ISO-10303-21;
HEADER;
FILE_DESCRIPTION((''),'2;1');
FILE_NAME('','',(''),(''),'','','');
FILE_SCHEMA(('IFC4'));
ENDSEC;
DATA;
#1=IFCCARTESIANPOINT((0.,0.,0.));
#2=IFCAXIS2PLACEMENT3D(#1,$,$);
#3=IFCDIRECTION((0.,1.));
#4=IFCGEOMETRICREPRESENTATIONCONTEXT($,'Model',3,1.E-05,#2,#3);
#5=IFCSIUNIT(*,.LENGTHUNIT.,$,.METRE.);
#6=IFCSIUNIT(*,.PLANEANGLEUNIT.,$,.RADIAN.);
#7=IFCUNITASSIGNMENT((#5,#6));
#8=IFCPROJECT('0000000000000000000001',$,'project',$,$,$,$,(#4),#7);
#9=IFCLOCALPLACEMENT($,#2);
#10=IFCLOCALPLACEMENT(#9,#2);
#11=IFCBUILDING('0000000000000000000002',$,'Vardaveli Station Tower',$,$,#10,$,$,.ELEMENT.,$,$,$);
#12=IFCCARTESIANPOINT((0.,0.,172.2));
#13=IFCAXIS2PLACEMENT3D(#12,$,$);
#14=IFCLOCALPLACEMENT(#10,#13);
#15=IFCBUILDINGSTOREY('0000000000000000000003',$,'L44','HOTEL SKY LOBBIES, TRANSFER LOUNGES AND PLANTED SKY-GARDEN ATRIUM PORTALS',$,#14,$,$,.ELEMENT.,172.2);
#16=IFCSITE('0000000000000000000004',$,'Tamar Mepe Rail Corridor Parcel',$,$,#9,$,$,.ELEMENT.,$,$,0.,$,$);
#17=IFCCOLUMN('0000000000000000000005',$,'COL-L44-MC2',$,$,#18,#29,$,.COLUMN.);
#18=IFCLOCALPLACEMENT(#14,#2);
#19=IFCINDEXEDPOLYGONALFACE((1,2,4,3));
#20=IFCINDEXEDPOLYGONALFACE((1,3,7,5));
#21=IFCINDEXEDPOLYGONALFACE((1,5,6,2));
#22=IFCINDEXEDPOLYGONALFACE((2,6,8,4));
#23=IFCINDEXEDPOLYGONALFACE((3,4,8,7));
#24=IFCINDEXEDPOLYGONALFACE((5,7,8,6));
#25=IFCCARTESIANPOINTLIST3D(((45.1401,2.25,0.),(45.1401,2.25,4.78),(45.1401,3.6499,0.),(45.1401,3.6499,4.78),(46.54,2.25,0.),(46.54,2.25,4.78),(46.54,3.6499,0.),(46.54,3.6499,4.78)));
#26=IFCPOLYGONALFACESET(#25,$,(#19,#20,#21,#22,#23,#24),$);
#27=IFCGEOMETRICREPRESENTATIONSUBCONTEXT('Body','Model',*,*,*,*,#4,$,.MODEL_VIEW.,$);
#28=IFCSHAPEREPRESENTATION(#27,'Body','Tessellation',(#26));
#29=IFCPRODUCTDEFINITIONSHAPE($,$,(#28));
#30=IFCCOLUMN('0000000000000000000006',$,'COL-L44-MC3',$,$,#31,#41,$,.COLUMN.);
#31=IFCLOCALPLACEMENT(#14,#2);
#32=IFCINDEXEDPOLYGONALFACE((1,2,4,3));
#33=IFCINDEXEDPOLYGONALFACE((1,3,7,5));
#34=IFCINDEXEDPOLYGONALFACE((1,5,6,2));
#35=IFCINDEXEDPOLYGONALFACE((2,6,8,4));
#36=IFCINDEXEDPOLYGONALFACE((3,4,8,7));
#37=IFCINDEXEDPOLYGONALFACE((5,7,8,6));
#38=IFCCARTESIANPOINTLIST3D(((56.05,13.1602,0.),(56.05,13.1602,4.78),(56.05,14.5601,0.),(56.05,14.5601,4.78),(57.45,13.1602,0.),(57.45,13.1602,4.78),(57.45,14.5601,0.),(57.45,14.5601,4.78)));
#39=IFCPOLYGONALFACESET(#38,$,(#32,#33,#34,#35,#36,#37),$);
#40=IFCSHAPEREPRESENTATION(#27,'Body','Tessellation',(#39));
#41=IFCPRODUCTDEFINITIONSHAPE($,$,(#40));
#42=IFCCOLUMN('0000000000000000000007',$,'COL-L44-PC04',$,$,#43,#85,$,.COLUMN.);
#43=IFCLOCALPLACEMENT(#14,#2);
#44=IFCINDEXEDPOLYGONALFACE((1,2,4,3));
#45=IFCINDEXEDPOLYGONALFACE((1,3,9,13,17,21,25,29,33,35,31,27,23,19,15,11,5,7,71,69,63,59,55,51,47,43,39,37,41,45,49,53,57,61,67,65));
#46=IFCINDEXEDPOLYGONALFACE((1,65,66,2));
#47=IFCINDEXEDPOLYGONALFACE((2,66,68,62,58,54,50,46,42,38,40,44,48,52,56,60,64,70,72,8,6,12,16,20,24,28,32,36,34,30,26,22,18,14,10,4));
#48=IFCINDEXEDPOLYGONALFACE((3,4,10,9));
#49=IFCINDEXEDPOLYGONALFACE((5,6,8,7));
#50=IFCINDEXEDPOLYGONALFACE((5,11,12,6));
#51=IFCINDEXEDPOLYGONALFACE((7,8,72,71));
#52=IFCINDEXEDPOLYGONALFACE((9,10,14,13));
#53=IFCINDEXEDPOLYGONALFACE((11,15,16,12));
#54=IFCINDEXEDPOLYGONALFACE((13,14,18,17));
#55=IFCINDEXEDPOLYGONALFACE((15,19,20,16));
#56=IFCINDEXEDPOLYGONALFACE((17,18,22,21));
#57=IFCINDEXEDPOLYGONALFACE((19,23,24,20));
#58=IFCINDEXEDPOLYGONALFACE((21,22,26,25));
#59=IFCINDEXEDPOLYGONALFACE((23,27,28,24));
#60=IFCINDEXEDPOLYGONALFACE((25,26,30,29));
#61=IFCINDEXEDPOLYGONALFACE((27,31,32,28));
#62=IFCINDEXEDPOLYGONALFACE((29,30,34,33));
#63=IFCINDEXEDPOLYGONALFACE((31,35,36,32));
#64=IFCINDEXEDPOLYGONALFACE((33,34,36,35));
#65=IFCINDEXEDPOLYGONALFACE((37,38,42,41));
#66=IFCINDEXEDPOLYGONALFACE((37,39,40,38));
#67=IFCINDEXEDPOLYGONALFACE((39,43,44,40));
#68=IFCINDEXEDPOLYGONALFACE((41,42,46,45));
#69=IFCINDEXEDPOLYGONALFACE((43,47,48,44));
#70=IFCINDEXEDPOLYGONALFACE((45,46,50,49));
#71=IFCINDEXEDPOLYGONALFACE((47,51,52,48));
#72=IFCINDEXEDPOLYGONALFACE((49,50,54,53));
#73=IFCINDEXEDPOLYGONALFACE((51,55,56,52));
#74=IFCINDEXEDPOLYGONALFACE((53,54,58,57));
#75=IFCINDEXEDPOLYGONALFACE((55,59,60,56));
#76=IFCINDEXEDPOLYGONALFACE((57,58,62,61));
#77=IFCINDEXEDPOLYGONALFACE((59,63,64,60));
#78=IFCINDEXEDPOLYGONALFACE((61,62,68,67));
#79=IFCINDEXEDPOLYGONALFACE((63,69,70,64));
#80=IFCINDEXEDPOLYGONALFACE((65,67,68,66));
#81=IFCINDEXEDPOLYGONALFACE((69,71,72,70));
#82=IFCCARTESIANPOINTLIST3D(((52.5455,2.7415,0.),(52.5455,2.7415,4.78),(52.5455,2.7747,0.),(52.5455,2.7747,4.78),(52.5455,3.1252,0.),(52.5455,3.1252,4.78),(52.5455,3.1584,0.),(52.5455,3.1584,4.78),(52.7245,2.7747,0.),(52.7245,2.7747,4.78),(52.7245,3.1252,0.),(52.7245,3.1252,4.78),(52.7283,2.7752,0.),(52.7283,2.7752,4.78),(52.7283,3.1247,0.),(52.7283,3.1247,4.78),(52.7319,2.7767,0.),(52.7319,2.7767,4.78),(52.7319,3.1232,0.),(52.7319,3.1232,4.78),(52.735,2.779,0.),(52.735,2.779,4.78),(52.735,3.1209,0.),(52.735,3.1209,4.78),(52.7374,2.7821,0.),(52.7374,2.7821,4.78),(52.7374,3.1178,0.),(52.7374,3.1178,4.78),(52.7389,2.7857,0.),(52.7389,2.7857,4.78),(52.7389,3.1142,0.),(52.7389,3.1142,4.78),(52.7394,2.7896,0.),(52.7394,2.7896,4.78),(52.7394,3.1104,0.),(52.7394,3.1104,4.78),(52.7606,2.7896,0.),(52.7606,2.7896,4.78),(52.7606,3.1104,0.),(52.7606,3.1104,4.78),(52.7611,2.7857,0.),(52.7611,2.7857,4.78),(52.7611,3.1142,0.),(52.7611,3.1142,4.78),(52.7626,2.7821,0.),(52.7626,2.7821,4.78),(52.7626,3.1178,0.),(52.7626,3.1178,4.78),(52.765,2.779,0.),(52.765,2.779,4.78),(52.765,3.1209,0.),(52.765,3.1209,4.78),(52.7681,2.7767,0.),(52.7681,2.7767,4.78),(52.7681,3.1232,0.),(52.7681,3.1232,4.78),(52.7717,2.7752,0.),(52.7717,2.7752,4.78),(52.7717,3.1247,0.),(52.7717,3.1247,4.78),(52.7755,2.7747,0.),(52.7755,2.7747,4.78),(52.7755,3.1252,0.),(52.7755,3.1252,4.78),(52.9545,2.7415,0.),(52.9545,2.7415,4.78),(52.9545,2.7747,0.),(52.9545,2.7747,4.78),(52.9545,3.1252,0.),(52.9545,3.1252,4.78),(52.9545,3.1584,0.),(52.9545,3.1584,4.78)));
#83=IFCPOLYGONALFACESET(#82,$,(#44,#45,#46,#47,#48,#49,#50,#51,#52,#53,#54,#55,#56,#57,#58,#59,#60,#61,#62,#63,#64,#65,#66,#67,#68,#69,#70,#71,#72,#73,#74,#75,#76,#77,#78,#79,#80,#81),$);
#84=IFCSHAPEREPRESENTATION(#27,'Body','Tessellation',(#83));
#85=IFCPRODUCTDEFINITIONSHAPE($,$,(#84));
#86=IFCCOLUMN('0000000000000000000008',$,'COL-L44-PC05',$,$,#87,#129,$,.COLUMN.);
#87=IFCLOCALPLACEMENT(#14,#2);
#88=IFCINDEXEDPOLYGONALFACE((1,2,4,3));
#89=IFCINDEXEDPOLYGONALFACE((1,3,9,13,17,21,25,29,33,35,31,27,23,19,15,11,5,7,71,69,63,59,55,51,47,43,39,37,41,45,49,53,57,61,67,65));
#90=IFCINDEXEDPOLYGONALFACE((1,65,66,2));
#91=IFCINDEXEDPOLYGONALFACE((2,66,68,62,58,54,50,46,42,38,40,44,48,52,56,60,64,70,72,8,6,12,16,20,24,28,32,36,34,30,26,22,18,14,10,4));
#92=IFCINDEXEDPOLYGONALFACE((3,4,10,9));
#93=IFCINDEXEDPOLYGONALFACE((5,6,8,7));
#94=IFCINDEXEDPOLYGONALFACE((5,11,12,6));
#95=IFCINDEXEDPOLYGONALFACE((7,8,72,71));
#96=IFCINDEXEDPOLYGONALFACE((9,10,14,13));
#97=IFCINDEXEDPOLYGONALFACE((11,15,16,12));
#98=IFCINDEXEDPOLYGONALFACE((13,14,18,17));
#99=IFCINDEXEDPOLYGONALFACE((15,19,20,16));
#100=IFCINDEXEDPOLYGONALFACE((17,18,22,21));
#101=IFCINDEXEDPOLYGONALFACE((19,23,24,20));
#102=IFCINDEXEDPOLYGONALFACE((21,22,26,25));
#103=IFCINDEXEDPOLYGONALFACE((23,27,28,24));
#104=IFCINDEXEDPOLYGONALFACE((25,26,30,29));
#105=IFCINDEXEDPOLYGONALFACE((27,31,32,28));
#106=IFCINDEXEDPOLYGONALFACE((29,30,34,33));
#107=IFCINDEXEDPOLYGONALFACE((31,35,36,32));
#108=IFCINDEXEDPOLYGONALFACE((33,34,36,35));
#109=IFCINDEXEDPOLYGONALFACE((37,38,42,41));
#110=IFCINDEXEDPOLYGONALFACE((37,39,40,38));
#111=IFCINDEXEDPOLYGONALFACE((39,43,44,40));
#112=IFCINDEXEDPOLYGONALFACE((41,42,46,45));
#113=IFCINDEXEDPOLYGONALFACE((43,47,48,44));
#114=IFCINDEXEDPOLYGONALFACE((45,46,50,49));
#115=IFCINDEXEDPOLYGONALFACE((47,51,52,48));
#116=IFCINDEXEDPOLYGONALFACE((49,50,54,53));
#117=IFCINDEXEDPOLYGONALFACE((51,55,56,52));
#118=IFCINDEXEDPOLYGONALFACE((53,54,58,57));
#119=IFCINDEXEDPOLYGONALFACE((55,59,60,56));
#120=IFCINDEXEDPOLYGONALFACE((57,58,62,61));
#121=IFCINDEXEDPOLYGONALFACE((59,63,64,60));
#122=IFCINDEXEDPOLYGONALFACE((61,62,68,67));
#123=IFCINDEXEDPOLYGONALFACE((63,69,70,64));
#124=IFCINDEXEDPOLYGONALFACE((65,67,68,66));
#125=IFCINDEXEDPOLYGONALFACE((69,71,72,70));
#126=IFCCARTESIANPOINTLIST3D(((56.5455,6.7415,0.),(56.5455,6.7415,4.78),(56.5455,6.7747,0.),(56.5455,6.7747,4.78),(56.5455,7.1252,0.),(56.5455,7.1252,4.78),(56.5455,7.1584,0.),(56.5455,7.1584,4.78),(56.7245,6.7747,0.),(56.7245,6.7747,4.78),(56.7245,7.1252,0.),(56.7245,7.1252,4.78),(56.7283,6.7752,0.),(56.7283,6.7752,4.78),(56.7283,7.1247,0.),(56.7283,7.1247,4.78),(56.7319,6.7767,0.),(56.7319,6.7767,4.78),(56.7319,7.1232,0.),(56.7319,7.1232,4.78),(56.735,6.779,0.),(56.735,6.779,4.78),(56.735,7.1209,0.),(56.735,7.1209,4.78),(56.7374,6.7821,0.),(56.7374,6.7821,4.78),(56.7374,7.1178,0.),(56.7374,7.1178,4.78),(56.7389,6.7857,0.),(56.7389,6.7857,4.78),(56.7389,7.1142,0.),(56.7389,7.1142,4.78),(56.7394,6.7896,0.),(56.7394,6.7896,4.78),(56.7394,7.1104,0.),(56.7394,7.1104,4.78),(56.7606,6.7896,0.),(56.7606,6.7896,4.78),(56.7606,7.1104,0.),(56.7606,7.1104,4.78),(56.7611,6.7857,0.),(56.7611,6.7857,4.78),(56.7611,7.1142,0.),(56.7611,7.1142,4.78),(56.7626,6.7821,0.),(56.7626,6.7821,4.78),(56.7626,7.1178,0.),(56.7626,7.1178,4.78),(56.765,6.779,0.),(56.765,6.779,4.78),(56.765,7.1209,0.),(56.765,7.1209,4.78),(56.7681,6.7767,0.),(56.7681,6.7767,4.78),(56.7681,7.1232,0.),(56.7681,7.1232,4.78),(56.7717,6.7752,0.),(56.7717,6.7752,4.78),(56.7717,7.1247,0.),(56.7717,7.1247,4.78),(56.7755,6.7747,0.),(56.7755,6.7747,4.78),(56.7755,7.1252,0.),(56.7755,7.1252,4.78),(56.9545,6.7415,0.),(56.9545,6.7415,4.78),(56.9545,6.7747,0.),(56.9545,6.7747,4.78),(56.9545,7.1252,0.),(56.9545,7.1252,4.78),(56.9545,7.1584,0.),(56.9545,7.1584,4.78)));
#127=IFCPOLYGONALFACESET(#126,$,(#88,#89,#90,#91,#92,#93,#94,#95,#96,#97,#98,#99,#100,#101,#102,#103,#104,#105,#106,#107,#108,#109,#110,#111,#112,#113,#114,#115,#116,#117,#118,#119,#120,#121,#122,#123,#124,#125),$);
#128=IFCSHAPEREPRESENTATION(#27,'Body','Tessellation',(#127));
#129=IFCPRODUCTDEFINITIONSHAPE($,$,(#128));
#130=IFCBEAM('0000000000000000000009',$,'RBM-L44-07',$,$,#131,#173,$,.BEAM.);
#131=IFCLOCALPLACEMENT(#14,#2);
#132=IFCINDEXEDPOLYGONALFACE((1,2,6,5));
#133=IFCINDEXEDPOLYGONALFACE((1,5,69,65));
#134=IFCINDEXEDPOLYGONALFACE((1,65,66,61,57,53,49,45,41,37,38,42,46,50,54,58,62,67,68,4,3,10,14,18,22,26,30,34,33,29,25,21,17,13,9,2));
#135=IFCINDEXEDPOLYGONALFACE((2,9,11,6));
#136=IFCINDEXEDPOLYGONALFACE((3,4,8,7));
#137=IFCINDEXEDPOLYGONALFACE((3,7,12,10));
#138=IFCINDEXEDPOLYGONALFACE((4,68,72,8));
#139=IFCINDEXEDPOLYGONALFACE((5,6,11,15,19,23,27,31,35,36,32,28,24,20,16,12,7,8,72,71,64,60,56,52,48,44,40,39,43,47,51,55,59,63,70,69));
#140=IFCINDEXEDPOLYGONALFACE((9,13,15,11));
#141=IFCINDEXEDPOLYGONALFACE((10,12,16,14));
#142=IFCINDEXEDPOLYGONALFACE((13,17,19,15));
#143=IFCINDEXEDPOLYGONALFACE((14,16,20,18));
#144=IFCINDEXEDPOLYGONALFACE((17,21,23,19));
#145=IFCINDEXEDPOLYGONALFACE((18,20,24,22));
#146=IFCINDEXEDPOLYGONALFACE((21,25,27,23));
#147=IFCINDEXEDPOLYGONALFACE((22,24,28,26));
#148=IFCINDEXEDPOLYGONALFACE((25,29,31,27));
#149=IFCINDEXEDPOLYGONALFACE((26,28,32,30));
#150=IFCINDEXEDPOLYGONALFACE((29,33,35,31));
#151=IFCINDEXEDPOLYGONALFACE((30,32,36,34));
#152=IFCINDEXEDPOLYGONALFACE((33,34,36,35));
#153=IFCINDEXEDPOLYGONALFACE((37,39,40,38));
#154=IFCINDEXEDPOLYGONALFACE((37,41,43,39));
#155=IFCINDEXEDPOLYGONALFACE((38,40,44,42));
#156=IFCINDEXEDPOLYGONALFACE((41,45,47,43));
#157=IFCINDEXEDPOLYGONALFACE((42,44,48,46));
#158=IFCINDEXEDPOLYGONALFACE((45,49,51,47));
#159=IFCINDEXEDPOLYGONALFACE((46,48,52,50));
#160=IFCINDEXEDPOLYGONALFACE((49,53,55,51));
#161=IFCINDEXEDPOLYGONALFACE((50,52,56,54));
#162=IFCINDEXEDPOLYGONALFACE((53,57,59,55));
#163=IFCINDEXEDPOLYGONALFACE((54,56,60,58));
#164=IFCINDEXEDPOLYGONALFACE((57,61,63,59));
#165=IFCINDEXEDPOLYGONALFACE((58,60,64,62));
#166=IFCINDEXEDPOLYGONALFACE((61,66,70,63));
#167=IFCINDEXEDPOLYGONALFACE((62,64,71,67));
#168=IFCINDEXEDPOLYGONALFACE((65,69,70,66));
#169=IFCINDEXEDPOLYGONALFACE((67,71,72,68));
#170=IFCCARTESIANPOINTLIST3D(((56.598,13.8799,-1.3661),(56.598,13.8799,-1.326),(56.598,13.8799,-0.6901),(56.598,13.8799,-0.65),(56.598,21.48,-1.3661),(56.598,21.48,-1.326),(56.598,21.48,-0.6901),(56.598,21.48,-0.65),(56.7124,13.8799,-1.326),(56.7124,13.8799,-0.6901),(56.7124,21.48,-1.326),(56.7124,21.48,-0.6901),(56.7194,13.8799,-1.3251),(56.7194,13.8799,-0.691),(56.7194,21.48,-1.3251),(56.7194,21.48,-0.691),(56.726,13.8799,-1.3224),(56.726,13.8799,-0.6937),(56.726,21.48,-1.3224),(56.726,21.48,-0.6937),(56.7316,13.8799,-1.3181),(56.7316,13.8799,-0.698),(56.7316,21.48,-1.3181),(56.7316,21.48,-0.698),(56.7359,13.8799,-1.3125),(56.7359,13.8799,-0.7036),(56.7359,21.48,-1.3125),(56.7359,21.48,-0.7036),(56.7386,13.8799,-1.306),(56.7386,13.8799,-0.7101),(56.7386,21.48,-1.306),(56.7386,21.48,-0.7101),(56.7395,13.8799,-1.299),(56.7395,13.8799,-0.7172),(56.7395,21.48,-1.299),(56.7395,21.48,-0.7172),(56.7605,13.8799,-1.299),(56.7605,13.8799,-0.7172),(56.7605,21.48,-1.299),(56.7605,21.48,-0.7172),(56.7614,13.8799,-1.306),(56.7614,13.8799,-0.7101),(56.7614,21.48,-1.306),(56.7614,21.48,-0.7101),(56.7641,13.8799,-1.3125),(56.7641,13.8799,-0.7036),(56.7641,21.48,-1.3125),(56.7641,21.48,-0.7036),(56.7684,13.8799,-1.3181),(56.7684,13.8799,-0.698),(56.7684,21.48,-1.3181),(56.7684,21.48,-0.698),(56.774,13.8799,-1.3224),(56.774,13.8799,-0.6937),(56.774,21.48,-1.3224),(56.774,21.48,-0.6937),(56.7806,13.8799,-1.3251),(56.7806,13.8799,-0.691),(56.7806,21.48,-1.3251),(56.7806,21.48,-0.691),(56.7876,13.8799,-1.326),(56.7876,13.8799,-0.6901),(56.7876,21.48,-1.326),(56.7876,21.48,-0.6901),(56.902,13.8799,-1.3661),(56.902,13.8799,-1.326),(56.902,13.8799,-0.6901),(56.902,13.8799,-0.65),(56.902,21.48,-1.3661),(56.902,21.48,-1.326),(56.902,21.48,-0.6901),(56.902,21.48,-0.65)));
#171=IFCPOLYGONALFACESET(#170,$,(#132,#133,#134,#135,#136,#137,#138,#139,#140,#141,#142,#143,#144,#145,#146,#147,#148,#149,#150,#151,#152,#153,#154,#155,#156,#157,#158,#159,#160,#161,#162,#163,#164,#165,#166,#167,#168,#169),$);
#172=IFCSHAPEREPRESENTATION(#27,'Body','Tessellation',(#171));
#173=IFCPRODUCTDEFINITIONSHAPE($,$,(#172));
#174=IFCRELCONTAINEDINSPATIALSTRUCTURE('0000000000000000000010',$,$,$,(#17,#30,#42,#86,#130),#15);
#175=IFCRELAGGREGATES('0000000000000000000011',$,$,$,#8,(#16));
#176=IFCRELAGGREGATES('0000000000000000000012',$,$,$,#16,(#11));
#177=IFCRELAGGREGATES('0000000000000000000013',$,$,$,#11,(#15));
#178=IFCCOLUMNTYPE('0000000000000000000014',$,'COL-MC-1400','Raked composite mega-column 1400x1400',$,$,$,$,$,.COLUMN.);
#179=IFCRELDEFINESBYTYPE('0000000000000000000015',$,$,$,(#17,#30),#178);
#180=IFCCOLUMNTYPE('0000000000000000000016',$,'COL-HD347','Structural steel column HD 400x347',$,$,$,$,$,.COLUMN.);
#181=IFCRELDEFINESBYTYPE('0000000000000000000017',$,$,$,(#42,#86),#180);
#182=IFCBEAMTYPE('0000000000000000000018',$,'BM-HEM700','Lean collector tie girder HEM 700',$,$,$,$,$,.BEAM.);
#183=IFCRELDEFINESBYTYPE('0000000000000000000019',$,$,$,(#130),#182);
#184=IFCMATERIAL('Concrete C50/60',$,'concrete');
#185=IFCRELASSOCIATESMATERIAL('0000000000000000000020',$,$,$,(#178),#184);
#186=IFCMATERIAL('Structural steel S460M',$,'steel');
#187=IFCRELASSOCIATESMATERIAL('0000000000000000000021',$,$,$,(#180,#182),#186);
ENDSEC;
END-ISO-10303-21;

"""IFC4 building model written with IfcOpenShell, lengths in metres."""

from ifc_helpers import new_model, si_unit, direction, frame, origin, origin_2d, place, context, subcontext, project, spatial, rectangle, i_section, extrude, source, transform, mapped, material, material_profile, profile_set, type_object, element, save


model = new_model("IFC4")

# Units and contexts
model_context = context("Model", 3, precision=1e-05, world=origin(), true_north=direction((0.0, 1.0)))
body_context = subcontext(model_context, "Body", "Model", "MODEL_VIEW")
ifc_project = project(units=[si_unit("LENGTHUNIT", "METRE"), si_unit("PLANEANGLEUNIT", "RADIAN")], contexts=[model_context])

# Site, building, storey
site_placement = place(None, origin())
site = spatial("IfcSite", under=ifc_project, at=site_placement, Name="Tamar Mepe Rail Corridor Parcel", CompositionType="ELEMENT", RefElevation=0.0)
building_placement = place(site_placement, origin())
building = spatial("IfcBuilding", under=site, at=building_placement, Name="Vardaveli Station Tower", CompositionType="ELEMENT")
storey_placement = place(building_placement, frame((0.0, 0.0, 172.2)))
storey = spatial("IfcBuildingStorey", under=building, at=storey_placement, Name="L44", Description="HOTEL SKY LOBBIES, TRANSFER LOUNGES AND PLANTED SKY-GARDEN ATRIUM PORTALS", CompositionType="ELEMENT", Elevation=172.2)

# Columns
ifc_material_1 = material(Name="Concrete C50/60", Category="concrete")
ifc_material_profile_1 = material_profile(ifc_material_1, rectangle(XDim=1.3999, YDim=1.3999, at=origin_2d()), Name="MC 1400x1400")
ifc_profile_set_1 = profile_set([ifc_material_profile_1], Name="Concrete C50/60")
column_type_1 = type_object("IfcColumnType", Name="COL-MC-1400", Description="Raked composite mega-column 1400x1400", PredefinedType="COLUMN", material=ifc_profile_set_1)
shared_shape_1 = source(origin(), body_context, "Body", "SweptSolid", [
    extrude(rectangle(XDim=1.3999, YDim=1.3999, at=origin_2d()), origin(), (0.0, 0.0, 1.0), 4.78),
])
for number, where, z_axis, x_axis, name in (
    (1, (45.8401, 2.95, 0.0), (0.0, 0.0, 1.0), (1.0, 0.0, 0.0), "COL-L44-MC2"),
    (2, (56.75, 13.8601, 0.0), (0.0, 0.0, 1.0), (1.0, 0.0, 0.0), "COL-L44-MC3"),
):
    element("IfcColumn", number, at=place(storey_placement, frame(where, z_axis=z_axis, x_axis=x_axis)), inside=storey, type_object=column_type_1, Name=name, PredefinedType="COLUMN", context=body_context, shape_type="MappedRepresentation", body=[
        mapped(shared_shape_1, transform((0.0, 0.0, 0.0), scale=1.0)),
    ])
ifc_material_2 = material(Name="Structural steel S460M", Category="steel")
ifc_material_profile_2 = material_profile(ifc_material_2, i_section(OverallWidth=0.4089, OverallDepth=0.417, WebThickness=0.0212, FlangeThickness=0.0332, FilletRadius=0.0149, at=origin_2d()), Name="HD 400x347")
ifc_profile_set_2 = profile_set([ifc_material_profile_2], Name="Structural steel S460M")
column_type_2 = type_object("IfcColumnType", Name="COL-HD347", Description="Structural steel column HD 400x347", PredefinedType="COLUMN", material=ifc_profile_set_2)
shared_shape_2 = source(origin(), body_context, "Body", "SweptSolid", [
    extrude(i_section(OverallWidth=0.4089, OverallDepth=0.417, WebThickness=0.0212, FlangeThickness=0.0332, FilletRadius=0.0149, at=origin_2d()), origin(), (0.0, 0.0, 1.0), 4.78),
])
for number, where, z_axis, x_axis, name in (
    (3, (52.75, 2.95, 0.0), (0.0, 0.0, 1.0), (1.0, 0.0, 0.0), "COL-L44-PC04"),
    (4, (56.75, 6.95, 0.0), (0.0, 0.0, 1.0), (1.0, 0.0, 0.0), "COL-L44-PC05"),
):
    element("IfcColumn", number, at=place(storey_placement, frame(where, z_axis=z_axis, x_axis=x_axis)), inside=storey, type_object=column_type_2, Name=name, PredefinedType="COLUMN", context=body_context, shape_type="MappedRepresentation", body=[
        mapped(shared_shape_2, transform((0.0, 0.0, 0.0), scale=1.0)),
    ])

# Beam
ifc_material_profile_3 = material_profile(ifc_material_2, i_section(OverallWidth=0.304, OverallDepth=0.7161, WebThickness=0.021, FlangeThickness=0.04, FilletRadius=0.0271, at=origin_2d()), Name="HEM 700")
ifc_profile_set_3 = profile_set([ifc_material_profile_3], Name="Structural steel S460M")
beam_type_1 = type_object("IfcBeamType", Name="BM-HEM700", Description="Lean collector tie girder HEM 700", PredefinedType="BEAM", material=ifc_profile_set_3)
shared_shape_3 = source(origin(), body_context, "Body", "SweptSolid", [
    extrude(i_section(OverallWidth=0.304, OverallDepth=0.7161, WebThickness=0.021, FlangeThickness=0.04, FilletRadius=0.0271, at=origin_2d()), origin(), (0.0, 0.0, 1.0), 7.6001),
])
beam_1_placement = place(storey_placement, frame((56.75, 13.8799, -1.0081), z_axis=(0.0, 1.0, 0.0), x_axis=(-1.0, 0.0, 0.0)))
element("IfcBeam", 5, at=beam_1_placement, inside=storey, type_object=beam_type_1, Name="RBM-L44-07", PredefinedType="BEAM", context=body_context, shape_type="MappedRepresentation", body=[
    mapped(shared_shape_3, transform((0.0, 0.0, 0.0), scale=1.0)),
])

save(model, "model.ifc")
